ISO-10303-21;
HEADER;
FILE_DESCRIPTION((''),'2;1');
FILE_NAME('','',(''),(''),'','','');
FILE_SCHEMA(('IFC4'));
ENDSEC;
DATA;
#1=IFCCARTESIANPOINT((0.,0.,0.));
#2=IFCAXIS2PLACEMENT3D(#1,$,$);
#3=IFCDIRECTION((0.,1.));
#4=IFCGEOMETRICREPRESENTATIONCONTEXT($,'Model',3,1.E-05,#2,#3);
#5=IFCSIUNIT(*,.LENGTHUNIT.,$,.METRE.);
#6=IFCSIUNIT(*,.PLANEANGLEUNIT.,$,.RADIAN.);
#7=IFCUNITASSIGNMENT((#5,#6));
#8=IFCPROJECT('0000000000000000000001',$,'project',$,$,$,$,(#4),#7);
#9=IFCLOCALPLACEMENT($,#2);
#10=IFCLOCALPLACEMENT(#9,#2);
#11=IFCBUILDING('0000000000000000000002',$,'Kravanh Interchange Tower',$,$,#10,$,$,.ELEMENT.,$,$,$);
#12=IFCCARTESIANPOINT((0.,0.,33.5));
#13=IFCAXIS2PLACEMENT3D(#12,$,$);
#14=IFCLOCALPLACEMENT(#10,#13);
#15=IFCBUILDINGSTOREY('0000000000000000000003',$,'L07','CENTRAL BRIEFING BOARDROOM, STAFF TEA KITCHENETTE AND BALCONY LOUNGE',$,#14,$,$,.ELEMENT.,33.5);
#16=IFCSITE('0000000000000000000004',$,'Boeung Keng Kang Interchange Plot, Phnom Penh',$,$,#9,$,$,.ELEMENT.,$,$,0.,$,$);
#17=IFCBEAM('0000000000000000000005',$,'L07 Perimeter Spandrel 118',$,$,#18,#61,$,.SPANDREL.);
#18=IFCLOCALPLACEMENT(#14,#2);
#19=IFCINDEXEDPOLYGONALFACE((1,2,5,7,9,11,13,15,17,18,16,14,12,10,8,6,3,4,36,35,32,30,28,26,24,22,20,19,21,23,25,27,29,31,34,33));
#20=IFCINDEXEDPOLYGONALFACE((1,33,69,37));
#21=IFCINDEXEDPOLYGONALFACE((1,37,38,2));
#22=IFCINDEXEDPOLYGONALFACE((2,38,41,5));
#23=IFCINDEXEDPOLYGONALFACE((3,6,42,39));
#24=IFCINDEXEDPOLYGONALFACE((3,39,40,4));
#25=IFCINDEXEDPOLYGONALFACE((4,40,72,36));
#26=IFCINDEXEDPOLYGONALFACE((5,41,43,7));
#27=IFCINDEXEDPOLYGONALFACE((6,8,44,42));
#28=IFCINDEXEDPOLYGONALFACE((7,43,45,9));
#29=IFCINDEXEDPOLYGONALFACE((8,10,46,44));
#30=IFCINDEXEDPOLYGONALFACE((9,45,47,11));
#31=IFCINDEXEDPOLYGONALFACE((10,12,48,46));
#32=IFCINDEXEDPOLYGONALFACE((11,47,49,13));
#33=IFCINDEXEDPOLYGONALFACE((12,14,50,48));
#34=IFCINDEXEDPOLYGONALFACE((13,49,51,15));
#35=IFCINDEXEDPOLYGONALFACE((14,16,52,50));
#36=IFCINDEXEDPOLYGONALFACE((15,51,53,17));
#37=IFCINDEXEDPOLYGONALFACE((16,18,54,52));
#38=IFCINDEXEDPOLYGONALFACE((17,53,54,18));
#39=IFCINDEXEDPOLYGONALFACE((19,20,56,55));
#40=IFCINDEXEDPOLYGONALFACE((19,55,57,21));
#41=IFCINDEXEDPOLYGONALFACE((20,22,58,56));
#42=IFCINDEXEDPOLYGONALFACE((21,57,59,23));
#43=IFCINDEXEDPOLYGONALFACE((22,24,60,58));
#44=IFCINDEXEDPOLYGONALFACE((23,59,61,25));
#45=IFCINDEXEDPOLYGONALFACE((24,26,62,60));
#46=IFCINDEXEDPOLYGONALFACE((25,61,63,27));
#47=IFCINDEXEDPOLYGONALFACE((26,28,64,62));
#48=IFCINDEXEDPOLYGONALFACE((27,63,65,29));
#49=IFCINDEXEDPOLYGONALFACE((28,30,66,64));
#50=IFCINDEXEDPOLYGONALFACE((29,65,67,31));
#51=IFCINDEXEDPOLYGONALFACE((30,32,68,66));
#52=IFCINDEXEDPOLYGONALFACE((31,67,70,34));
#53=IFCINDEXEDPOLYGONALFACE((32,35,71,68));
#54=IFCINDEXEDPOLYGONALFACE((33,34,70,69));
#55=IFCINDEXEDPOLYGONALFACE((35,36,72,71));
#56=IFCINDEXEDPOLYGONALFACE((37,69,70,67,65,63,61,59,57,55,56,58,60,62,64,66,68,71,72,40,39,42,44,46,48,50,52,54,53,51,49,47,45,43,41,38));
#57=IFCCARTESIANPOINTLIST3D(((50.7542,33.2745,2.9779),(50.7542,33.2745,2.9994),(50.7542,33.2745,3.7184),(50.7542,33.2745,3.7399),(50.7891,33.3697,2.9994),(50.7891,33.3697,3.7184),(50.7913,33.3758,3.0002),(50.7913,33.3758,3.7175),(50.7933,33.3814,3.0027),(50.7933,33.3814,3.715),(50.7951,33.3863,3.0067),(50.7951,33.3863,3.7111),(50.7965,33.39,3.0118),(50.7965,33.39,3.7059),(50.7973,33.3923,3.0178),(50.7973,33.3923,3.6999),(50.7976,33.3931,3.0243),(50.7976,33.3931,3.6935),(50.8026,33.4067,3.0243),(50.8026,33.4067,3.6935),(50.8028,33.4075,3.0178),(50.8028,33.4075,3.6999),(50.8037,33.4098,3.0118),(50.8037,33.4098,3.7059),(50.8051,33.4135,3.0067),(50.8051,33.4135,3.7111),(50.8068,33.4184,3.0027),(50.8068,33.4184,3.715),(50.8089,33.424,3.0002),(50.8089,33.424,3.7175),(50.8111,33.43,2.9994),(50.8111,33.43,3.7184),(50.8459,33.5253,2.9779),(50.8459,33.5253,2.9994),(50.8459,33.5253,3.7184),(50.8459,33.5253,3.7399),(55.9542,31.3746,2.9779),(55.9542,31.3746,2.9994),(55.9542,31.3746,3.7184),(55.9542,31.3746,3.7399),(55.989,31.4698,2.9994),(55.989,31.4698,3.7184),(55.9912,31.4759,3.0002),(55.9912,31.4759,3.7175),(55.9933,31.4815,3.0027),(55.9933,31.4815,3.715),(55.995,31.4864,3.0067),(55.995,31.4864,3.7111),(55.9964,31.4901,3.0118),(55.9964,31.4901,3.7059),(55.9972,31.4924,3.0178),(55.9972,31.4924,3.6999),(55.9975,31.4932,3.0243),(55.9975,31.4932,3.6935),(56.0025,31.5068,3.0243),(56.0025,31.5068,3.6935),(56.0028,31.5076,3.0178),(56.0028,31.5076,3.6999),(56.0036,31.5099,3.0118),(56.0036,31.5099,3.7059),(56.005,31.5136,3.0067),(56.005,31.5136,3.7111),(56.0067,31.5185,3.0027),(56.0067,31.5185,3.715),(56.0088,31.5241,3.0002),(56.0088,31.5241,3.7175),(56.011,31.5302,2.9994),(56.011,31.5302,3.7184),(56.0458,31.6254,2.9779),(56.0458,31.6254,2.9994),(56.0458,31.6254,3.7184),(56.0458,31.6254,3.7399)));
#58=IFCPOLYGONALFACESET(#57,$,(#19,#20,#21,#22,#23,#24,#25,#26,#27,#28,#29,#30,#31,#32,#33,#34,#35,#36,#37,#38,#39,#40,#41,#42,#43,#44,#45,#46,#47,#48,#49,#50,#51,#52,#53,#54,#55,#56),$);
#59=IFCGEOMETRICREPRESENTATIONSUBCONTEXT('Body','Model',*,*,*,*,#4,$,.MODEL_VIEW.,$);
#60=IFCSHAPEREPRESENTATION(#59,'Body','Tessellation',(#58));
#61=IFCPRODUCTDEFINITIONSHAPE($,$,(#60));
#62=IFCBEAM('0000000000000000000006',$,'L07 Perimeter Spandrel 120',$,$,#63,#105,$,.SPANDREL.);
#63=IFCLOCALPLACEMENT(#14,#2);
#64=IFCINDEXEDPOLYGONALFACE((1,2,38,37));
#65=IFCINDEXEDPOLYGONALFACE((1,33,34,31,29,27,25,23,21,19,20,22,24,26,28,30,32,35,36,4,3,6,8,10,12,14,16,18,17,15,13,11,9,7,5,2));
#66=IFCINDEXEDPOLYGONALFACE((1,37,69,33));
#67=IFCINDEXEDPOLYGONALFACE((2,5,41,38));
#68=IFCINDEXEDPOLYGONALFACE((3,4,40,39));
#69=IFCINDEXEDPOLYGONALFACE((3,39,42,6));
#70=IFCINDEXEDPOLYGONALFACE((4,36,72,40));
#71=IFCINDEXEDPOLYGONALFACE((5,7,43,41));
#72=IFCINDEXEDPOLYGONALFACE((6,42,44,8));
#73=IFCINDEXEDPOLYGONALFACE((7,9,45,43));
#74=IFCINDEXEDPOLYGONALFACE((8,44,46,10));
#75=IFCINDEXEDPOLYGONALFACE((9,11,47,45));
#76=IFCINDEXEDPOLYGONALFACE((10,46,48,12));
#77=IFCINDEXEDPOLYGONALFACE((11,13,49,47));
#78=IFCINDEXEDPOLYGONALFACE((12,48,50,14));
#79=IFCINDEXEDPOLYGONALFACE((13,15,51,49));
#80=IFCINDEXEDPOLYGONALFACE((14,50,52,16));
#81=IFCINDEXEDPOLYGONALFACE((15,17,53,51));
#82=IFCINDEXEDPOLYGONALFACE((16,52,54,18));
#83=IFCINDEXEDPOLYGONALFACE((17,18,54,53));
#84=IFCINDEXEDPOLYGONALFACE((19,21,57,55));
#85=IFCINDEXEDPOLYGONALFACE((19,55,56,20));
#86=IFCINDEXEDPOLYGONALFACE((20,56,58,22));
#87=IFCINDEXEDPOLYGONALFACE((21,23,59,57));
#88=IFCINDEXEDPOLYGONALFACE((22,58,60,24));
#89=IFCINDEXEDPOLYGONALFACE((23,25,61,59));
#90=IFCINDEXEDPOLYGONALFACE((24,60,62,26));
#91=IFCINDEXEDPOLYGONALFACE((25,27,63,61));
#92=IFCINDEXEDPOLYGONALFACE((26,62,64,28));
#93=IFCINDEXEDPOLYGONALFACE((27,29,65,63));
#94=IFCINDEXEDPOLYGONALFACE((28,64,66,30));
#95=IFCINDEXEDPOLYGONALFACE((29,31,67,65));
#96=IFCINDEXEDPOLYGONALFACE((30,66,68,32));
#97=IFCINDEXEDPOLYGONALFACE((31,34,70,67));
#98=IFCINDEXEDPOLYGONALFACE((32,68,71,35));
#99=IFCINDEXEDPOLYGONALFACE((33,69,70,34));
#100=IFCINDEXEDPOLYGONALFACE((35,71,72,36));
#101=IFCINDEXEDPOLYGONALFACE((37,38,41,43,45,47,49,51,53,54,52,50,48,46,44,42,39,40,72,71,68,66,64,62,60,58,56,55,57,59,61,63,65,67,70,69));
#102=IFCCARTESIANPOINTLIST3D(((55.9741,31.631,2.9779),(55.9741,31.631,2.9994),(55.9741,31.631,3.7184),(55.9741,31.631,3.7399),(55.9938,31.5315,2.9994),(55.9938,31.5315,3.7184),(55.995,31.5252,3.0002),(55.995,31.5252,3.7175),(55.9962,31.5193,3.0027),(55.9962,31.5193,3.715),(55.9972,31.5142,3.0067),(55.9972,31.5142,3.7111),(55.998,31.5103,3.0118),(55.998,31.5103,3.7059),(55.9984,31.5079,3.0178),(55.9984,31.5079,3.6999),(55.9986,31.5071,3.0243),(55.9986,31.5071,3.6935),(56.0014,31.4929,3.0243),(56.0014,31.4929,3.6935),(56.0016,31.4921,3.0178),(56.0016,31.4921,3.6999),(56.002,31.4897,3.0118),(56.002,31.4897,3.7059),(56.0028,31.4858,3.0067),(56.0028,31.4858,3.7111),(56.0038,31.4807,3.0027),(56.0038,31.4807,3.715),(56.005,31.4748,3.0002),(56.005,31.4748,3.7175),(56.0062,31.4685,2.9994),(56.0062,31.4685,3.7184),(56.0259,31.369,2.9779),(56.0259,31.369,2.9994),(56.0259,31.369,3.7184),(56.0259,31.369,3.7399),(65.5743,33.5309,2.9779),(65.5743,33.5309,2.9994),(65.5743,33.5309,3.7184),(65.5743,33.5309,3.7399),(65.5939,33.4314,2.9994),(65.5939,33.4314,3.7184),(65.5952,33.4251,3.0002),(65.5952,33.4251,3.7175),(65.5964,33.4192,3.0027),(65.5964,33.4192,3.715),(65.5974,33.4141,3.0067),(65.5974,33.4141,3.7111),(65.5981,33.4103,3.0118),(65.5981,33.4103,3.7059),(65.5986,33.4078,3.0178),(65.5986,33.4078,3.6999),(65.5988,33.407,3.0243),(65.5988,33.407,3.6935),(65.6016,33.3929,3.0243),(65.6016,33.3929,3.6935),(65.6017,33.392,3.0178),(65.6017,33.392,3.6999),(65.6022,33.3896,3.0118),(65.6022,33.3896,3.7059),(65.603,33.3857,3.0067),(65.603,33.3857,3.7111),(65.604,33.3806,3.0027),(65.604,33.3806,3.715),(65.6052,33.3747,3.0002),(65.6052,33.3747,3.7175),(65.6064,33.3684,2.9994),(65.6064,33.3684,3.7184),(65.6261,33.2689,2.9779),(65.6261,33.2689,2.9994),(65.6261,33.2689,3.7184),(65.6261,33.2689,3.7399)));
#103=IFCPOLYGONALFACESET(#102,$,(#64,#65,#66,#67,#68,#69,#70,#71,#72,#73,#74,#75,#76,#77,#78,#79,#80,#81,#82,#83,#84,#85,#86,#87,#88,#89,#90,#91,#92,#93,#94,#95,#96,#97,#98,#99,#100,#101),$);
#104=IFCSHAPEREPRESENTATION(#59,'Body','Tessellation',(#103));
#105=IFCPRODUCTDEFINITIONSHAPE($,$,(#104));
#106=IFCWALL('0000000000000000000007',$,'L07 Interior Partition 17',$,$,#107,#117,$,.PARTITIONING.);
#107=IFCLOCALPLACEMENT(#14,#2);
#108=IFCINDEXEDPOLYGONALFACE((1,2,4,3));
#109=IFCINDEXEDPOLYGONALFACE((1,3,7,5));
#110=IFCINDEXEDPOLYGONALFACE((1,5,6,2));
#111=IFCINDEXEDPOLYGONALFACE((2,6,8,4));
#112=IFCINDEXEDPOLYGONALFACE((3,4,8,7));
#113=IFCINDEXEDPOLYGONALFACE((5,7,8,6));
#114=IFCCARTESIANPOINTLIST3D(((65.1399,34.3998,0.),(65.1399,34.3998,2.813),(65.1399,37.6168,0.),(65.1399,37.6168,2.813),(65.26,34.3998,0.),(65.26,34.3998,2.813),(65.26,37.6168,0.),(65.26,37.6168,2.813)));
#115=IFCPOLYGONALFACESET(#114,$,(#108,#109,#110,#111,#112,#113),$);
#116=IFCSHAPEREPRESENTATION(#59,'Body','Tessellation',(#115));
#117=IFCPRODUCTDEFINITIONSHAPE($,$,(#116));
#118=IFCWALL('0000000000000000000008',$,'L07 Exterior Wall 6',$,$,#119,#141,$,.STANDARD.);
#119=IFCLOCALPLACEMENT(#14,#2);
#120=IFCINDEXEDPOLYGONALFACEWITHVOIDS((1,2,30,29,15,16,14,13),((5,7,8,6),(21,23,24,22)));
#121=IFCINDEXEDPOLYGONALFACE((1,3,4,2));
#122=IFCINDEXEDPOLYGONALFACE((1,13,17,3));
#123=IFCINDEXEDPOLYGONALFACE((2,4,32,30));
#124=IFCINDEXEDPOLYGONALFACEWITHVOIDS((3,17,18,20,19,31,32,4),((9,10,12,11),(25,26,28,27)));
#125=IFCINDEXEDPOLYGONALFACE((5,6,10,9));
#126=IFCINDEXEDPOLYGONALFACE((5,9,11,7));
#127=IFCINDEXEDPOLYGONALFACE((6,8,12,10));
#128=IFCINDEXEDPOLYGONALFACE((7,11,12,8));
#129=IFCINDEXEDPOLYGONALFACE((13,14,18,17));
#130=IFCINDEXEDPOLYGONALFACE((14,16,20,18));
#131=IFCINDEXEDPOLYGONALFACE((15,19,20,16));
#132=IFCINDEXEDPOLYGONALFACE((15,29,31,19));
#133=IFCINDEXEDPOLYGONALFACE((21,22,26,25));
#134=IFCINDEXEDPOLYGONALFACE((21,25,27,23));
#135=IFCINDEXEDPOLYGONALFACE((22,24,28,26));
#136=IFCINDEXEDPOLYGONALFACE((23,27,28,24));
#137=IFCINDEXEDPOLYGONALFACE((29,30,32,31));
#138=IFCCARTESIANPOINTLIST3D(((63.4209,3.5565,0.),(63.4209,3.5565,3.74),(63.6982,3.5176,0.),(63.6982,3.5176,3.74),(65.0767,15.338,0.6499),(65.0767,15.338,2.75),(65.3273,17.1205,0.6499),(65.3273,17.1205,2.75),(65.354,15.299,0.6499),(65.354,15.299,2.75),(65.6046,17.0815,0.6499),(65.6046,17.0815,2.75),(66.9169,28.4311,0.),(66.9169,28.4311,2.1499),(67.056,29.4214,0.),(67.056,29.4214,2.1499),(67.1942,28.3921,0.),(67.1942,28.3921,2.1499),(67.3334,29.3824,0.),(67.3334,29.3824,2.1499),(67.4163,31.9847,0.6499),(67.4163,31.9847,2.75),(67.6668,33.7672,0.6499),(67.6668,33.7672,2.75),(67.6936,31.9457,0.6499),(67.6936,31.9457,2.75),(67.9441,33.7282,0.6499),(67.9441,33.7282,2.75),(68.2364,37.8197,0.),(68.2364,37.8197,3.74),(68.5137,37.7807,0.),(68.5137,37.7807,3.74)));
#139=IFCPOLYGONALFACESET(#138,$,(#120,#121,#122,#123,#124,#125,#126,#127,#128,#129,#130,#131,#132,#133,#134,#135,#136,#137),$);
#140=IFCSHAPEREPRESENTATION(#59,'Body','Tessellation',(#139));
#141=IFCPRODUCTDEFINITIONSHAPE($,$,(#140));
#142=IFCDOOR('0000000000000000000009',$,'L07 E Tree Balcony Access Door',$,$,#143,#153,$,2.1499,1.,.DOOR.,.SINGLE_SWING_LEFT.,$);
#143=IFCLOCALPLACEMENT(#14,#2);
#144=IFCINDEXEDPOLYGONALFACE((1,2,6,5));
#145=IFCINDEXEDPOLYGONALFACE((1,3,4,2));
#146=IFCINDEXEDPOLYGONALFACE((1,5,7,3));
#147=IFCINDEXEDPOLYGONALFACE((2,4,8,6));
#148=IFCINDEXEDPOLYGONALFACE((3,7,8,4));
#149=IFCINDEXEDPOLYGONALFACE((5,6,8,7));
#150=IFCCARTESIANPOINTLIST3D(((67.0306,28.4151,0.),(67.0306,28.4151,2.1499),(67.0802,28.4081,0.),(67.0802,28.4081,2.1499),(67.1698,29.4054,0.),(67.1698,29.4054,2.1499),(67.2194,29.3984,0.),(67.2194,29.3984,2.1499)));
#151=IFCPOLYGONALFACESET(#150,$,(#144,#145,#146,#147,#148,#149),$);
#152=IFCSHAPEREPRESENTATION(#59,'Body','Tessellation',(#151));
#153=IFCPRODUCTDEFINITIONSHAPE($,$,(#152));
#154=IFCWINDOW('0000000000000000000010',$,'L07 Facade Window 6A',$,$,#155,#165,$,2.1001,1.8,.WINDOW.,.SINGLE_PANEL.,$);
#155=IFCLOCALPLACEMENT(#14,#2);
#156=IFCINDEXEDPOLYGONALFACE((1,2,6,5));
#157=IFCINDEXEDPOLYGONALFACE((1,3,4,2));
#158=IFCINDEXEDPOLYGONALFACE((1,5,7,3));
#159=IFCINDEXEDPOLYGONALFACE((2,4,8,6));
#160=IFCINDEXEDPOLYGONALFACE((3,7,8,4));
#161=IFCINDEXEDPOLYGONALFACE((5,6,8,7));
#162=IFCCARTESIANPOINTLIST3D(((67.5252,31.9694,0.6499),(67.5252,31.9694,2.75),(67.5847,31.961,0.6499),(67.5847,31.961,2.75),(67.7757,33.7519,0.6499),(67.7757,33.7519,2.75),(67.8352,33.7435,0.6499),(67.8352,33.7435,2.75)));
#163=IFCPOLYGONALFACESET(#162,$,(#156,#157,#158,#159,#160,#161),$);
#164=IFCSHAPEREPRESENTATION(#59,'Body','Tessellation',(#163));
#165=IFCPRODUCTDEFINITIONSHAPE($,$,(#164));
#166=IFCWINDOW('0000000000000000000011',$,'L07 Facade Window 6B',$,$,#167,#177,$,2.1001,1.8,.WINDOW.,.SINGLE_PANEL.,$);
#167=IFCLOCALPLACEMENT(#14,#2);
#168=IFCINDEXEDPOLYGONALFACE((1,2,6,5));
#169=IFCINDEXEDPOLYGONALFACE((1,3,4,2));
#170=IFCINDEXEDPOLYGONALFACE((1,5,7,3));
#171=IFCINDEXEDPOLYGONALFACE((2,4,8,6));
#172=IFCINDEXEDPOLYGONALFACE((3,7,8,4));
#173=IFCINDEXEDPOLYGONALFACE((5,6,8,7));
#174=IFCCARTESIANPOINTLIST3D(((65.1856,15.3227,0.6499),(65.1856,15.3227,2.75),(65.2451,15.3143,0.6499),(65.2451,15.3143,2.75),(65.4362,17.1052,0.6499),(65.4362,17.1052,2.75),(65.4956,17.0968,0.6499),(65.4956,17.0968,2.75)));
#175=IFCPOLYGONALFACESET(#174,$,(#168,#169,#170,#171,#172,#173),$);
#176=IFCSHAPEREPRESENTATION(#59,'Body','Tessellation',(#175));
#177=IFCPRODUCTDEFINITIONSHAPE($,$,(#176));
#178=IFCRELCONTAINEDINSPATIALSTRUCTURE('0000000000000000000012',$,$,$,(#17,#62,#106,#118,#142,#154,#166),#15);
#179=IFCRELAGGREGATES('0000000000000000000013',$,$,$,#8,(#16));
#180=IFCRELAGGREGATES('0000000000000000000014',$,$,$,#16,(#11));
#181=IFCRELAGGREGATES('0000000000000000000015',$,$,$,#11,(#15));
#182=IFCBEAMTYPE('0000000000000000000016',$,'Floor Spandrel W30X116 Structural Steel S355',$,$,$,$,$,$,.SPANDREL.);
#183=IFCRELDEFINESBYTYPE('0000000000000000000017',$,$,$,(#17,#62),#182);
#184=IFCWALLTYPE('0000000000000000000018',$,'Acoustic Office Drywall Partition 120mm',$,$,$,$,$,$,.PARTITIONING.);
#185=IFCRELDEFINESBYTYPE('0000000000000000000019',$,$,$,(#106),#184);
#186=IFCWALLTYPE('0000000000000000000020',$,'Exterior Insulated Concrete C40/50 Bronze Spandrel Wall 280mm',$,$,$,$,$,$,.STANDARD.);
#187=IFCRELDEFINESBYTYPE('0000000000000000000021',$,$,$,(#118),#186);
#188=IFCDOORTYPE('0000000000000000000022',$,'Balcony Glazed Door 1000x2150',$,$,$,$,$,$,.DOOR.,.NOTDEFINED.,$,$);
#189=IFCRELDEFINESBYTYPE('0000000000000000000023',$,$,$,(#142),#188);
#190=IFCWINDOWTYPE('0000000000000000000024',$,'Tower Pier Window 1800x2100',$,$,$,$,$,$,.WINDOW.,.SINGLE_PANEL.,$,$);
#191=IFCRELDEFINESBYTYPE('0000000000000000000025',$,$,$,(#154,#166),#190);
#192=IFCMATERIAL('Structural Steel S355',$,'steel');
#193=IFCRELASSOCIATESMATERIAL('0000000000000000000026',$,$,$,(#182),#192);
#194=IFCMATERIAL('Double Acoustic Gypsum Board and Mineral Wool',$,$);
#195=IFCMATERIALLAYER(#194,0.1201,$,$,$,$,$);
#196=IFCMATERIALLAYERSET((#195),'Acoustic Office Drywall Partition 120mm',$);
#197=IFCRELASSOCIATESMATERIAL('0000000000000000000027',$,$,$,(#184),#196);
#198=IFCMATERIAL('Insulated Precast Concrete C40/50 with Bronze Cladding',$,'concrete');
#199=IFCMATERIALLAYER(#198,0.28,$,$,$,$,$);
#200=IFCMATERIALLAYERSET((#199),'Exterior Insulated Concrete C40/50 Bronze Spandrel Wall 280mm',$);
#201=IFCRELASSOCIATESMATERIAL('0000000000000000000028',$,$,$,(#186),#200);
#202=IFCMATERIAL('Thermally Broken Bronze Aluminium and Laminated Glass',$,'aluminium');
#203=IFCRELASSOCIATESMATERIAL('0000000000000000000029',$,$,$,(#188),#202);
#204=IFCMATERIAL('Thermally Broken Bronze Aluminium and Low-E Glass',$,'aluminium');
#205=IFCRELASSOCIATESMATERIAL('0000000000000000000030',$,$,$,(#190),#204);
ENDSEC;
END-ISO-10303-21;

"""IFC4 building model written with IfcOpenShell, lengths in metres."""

from ifc_helpers import new_model, si_unit, direction, frame, frame_2d, origin, origin_2d, place, context, subcontext, project, spatial, rectangle, i_section, extrude, material, layer, layer_set, material_profile, profile_set, type_object, element, fill, save


model = new_model("IFC4")

# Units and contexts
model_context = context("Model", 3, precision=1e-05, world=origin(), true_north=direction((0.0, 1.0)))
body_context = subcontext(model_context, "Body", "Model", "MODEL_VIEW")
ifc_project = project(units=[si_unit("LENGTHUNIT", "METRE"), si_unit("PLANEANGLEUNIT", "RADIAN")], contexts=[model_context])

# Site, building, storey
site_placement = place(None, origin())
site = spatial("IfcSite", under=ifc_project, at=site_placement, Name="Boeung Keng Kang Interchange Plot, Phnom Penh", CompositionType="ELEMENT", RefElevation=0.0)
building_placement = place(site_placement, origin())
building = spatial("IfcBuilding", under=site, at=building_placement, Name="Kravanh Interchange Tower", CompositionType="ELEMENT")
storey_placement = place(building_placement, frame((0.0, 0.0, 33.5)))
storey = spatial("IfcBuildingStorey", under=building, at=storey_placement, Name="L07", Description="CENTRAL BRIEFING BOARDROOM, STAFF TEA KITCHENETTE AND BALCONY LOUNGE", CompositionType="ELEMENT", Elevation=33.5)

# Beams
ifc_material_1 = material(Name="Structural Steel S355", Category="steel")
ifc_material_profile_1 = material_profile(ifc_material_1, i_section(OverallWidth=0.2671, OverallDepth=0.762, WebThickness=0.0144, FlangeThickness=0.0215, FilletRadius=0.0249, at=origin_2d()), Name="W30X116")
ifc_profile_set_1 = profile_set([ifc_material_profile_1], Name="Structural Steel S355")
beam_type_1 = type_object("IfcBeamType", Name="Floor Spandrel W30X116 Structural Steel S355", PredefinedType="SPANDREL", material=ifc_profile_set_1)
beam_1_placement = place(storey_placement, frame((56.0, 31.5, 3.3589), z_axis=(-0.93927, 0.34318, 0.0), x_axis=(-0.34318, -0.93927, 0.0)))
element("IfcBeam", 1, at=beam_1_placement, inside=storey, type_object=beam_type_1, Name="L07 Perimeter Spandrel 118", PredefinedType="SPANDREL", context=body_context, shape_type="SweptSolid", body=[
    extrude(i_section(OverallWidth=0.2671, OverallDepth=0.762, WebThickness=0.0144, FlangeThickness=0.0215, FilletRadius=0.0249, at=origin_2d()), origin(), (0.0, 0.0, 1.0), 5.5361),
])
beam_2_placement = place(storey_placement, frame((56.0, 31.5, 3.3589), z_axis=(0.980974, 0.194139, 0.0), x_axis=(-0.194139, 0.980974, 0.0)))
element("IfcBeam", 2, at=beam_2_placement, inside=storey, type_object=beam_type_1, Name="L07 Perimeter Spandrel 120", PredefinedType="SPANDREL", context=body_context, shape_type="SweptSolid", body=[
    extrude(i_section(OverallWidth=0.2671, OverallDepth=0.762, WebThickness=0.0144, FlangeThickness=0.0215, FilletRadius=0.0249, at=origin_2d()), origin(), (0.0, 0.0, 1.0), 9.7864),
])

# Wall
ifc_material_2 = material(Name="Double Acoustic Gypsum Board and Mineral Wool")
ifc_layer_1 = layer(ifc_material_2, 0.1201)
ifc_layer_set_1 = layer_set([ifc_layer_1], Name="Acoustic Office Drywall Partition 120mm")
wall_type_1 = type_object("IfcWallType", Name="Acoustic Office Drywall Partition 120mm", PredefinedType="PARTITIONING", material=ifc_layer_set_1)
wall_1_placement = place(storey_placement, frame((65.2, 34.3999, 0.0), z_axis=(0.0, 0.0, 1.0), x_axis=(0.0, 1.0, 0.0)))
element("IfcWall", 3, at=wall_1_placement, inside=storey, type_object=wall_type_1, Name="L07 Interior Partition 17", PredefinedType="PARTITIONING", context=body_context, shape_type="SweptSolid", body=[
    extrude(rectangle(XDim=3.217, YDim=0.1201, at=frame_2d((1.6084, 0.0))), origin(), (0.0, 0.0, 1.0), 2.813),
])

# Wall, openings, door, windows
ifc_material_3 = material(Name="Insulated Precast Concrete C40/50 with Bronze Cladding", Category="concrete")
ifc_layer_2 = layer(ifc_material_3, 0.28)
ifc_layer_set_2 = layer_set([ifc_layer_2], Name="Exterior Insulated Concrete C40/50 Bronze Spandrel Wall 280mm")
wall_type_2 = type_object("IfcWallType", Name="Exterior Insulated Concrete C40/50 Bronze Spandrel Wall 280mm", PredefinedType="STANDARD", material=ifc_layer_set_2)
wall_2_placement = place(storey_placement, frame((68.375, 37.8, 0.0), z_axis=(0.0, 0.0, 1.0), x_axis=(-0.139175, -0.990268, 0.0)))
wall_2 = element("IfcWall", 4, at=wall_2_placement, inside=storey, type_object=wall_type_2, Name="L07 Exterior Wall 6", PredefinedType="STANDARD", context=body_context, shape_type="SweptSolid", body=[
    extrude(rectangle(XDim=34.5999, YDim=0.28, at=frame_2d((17.2998, 0.0))), origin(), (0.0, 0.0, 1.0), 3.74),
])
opening_1_placement = place(wall_2_placement, frame((8.4807, 0.0, 0.0)))
opening_1 = element("IfcOpeningElement", 5, at=opening_1_placement, cuts=wall_2, PredefinedType="OPENING", context=body_context, shape_type="SweptSolid", body=[
    extrude(rectangle(XDim=1.0, YDim=2.1499, at=frame_2d((0.5, 1.075))), frame((0.0, 0.1499, 0.0), z_axis=(0.0, -1.0, 0.0), x_axis=(1.0, 0.0, 0.0)), (0.0, 0.0, 1.0), 0.3),
])
opening_2_placement = place(wall_2_placement, frame((4.0923, 0.0, 0.6499)))
opening_2 = element("IfcOpeningElement", 6, at=opening_2_placement, cuts=wall_2, PredefinedType="OPENING", context=body_context, shape_type="SweptSolid", body=[
    extrude(rectangle(XDim=1.8, YDim=2.1001, at=frame_2d((0.8999, 1.05))), frame((0.0, 0.1499, 0.0), z_axis=(0.0, -1.0, 0.0), x_axis=(1.0, 0.0, 0.0)), (0.0, 0.0, 1.0), 0.3),
])
opening_3_placement = place(wall_2_placement, frame((20.9026, 0.0, 0.6499)))
opening_3 = element("IfcOpeningElement", 7, at=opening_3_placement, cuts=wall_2, PredefinedType="OPENING", context=body_context, shape_type="SweptSolid", body=[
    extrude(rectangle(XDim=1.8, YDim=2.1001, at=frame_2d((0.8999, 1.05))), frame((0.0, 0.1499, 0.0), z_axis=(0.0, -1.0, 0.0), x_axis=(1.0, 0.0, 0.0)), (0.0, 0.0, 1.0), 0.3),
])
ifc_material_4 = material(Name="Thermally Broken Bronze Aluminium and Laminated Glass", Category="aluminium")
door_type = type_object("IfcDoorType", Name="Balcony Glazed Door 1000x2150", OperationType="NOTDEFINED", PredefinedType="DOOR", material=ifc_material_4)
door_placement = place(opening_1_placement, origin())
door = element("IfcDoor", 8, at=door_placement, inside=storey, type_object=door_type, Name="L07 E Tree Balcony Access Door", OperationType="SINGLE_SWING_LEFT", OverallHeight=2.1499, OverallWidth=1.0, PredefinedType="DOOR", context=body_context, shape_type="SweptSolid", body=[
    extrude(rectangle(XDim=1.0, YDim=2.1499, at=frame_2d((0.5, 1.075))), frame((0.0, 0.0249, 0.0), z_axis=(0.0, -1.0, 0.0), x_axis=(1.0, 0.0, 0.0)), (0.0, 0.0, 1.0), 0.05),
])
fill(opening_1, door)
ifc_material_5 = material(Name="Thermally Broken Bronze Aluminium and Low-E Glass", Category="aluminium")
window_type = type_object("IfcWindowType", Name="Tower Pier Window 1800x2100", PartitioningType="SINGLE_PANEL", PredefinedType="WINDOW", material=ifc_material_5)
window_1_placement = place(opening_2_placement, origin())
window_1 = element("IfcWindow", 9, at=window_1_placement, inside=storey, type_object=window_type, Name="L07 Facade Window 6A", OverallHeight=2.1001, OverallWidth=1.8, PartitioningType="SINGLE_PANEL", PredefinedType="WINDOW", context=body_context, shape_type="SweptSolid", body=[
    extrude(rectangle(XDim=1.8, YDim=2.1001, at=frame_2d((0.8999, 1.05))), frame((0.0, 0.03, 0.0), z_axis=(0.0, -1.0, 0.0), x_axis=(1.0, 0.0, 0.0)), (0.0, 0.0, 1.0), 0.0601),
])
fill(opening_2, window_1)
window_2_placement = place(opening_3_placement, origin())
window_2 = element("IfcWindow", 10, at=window_2_placement, inside=storey, type_object=window_type, Name="L07 Facade Window 6B", OverallHeight=2.1001, OverallWidth=1.8, PartitioningType="SINGLE_PANEL", PredefinedType="WINDOW", context=body_context, shape_type="SweptSolid", body=[
    extrude(rectangle(XDim=1.8, YDim=2.1001, at=frame_2d((0.8999, 1.05))), frame((0.0, 0.03, 0.0), z_axis=(0.0, -1.0, 0.0), x_axis=(1.0, 0.0, 0.0)), (0.0, 0.0, 1.0), 0.0601),
])
fill(opening_3, window_2)

save(model, "model.ifc")
